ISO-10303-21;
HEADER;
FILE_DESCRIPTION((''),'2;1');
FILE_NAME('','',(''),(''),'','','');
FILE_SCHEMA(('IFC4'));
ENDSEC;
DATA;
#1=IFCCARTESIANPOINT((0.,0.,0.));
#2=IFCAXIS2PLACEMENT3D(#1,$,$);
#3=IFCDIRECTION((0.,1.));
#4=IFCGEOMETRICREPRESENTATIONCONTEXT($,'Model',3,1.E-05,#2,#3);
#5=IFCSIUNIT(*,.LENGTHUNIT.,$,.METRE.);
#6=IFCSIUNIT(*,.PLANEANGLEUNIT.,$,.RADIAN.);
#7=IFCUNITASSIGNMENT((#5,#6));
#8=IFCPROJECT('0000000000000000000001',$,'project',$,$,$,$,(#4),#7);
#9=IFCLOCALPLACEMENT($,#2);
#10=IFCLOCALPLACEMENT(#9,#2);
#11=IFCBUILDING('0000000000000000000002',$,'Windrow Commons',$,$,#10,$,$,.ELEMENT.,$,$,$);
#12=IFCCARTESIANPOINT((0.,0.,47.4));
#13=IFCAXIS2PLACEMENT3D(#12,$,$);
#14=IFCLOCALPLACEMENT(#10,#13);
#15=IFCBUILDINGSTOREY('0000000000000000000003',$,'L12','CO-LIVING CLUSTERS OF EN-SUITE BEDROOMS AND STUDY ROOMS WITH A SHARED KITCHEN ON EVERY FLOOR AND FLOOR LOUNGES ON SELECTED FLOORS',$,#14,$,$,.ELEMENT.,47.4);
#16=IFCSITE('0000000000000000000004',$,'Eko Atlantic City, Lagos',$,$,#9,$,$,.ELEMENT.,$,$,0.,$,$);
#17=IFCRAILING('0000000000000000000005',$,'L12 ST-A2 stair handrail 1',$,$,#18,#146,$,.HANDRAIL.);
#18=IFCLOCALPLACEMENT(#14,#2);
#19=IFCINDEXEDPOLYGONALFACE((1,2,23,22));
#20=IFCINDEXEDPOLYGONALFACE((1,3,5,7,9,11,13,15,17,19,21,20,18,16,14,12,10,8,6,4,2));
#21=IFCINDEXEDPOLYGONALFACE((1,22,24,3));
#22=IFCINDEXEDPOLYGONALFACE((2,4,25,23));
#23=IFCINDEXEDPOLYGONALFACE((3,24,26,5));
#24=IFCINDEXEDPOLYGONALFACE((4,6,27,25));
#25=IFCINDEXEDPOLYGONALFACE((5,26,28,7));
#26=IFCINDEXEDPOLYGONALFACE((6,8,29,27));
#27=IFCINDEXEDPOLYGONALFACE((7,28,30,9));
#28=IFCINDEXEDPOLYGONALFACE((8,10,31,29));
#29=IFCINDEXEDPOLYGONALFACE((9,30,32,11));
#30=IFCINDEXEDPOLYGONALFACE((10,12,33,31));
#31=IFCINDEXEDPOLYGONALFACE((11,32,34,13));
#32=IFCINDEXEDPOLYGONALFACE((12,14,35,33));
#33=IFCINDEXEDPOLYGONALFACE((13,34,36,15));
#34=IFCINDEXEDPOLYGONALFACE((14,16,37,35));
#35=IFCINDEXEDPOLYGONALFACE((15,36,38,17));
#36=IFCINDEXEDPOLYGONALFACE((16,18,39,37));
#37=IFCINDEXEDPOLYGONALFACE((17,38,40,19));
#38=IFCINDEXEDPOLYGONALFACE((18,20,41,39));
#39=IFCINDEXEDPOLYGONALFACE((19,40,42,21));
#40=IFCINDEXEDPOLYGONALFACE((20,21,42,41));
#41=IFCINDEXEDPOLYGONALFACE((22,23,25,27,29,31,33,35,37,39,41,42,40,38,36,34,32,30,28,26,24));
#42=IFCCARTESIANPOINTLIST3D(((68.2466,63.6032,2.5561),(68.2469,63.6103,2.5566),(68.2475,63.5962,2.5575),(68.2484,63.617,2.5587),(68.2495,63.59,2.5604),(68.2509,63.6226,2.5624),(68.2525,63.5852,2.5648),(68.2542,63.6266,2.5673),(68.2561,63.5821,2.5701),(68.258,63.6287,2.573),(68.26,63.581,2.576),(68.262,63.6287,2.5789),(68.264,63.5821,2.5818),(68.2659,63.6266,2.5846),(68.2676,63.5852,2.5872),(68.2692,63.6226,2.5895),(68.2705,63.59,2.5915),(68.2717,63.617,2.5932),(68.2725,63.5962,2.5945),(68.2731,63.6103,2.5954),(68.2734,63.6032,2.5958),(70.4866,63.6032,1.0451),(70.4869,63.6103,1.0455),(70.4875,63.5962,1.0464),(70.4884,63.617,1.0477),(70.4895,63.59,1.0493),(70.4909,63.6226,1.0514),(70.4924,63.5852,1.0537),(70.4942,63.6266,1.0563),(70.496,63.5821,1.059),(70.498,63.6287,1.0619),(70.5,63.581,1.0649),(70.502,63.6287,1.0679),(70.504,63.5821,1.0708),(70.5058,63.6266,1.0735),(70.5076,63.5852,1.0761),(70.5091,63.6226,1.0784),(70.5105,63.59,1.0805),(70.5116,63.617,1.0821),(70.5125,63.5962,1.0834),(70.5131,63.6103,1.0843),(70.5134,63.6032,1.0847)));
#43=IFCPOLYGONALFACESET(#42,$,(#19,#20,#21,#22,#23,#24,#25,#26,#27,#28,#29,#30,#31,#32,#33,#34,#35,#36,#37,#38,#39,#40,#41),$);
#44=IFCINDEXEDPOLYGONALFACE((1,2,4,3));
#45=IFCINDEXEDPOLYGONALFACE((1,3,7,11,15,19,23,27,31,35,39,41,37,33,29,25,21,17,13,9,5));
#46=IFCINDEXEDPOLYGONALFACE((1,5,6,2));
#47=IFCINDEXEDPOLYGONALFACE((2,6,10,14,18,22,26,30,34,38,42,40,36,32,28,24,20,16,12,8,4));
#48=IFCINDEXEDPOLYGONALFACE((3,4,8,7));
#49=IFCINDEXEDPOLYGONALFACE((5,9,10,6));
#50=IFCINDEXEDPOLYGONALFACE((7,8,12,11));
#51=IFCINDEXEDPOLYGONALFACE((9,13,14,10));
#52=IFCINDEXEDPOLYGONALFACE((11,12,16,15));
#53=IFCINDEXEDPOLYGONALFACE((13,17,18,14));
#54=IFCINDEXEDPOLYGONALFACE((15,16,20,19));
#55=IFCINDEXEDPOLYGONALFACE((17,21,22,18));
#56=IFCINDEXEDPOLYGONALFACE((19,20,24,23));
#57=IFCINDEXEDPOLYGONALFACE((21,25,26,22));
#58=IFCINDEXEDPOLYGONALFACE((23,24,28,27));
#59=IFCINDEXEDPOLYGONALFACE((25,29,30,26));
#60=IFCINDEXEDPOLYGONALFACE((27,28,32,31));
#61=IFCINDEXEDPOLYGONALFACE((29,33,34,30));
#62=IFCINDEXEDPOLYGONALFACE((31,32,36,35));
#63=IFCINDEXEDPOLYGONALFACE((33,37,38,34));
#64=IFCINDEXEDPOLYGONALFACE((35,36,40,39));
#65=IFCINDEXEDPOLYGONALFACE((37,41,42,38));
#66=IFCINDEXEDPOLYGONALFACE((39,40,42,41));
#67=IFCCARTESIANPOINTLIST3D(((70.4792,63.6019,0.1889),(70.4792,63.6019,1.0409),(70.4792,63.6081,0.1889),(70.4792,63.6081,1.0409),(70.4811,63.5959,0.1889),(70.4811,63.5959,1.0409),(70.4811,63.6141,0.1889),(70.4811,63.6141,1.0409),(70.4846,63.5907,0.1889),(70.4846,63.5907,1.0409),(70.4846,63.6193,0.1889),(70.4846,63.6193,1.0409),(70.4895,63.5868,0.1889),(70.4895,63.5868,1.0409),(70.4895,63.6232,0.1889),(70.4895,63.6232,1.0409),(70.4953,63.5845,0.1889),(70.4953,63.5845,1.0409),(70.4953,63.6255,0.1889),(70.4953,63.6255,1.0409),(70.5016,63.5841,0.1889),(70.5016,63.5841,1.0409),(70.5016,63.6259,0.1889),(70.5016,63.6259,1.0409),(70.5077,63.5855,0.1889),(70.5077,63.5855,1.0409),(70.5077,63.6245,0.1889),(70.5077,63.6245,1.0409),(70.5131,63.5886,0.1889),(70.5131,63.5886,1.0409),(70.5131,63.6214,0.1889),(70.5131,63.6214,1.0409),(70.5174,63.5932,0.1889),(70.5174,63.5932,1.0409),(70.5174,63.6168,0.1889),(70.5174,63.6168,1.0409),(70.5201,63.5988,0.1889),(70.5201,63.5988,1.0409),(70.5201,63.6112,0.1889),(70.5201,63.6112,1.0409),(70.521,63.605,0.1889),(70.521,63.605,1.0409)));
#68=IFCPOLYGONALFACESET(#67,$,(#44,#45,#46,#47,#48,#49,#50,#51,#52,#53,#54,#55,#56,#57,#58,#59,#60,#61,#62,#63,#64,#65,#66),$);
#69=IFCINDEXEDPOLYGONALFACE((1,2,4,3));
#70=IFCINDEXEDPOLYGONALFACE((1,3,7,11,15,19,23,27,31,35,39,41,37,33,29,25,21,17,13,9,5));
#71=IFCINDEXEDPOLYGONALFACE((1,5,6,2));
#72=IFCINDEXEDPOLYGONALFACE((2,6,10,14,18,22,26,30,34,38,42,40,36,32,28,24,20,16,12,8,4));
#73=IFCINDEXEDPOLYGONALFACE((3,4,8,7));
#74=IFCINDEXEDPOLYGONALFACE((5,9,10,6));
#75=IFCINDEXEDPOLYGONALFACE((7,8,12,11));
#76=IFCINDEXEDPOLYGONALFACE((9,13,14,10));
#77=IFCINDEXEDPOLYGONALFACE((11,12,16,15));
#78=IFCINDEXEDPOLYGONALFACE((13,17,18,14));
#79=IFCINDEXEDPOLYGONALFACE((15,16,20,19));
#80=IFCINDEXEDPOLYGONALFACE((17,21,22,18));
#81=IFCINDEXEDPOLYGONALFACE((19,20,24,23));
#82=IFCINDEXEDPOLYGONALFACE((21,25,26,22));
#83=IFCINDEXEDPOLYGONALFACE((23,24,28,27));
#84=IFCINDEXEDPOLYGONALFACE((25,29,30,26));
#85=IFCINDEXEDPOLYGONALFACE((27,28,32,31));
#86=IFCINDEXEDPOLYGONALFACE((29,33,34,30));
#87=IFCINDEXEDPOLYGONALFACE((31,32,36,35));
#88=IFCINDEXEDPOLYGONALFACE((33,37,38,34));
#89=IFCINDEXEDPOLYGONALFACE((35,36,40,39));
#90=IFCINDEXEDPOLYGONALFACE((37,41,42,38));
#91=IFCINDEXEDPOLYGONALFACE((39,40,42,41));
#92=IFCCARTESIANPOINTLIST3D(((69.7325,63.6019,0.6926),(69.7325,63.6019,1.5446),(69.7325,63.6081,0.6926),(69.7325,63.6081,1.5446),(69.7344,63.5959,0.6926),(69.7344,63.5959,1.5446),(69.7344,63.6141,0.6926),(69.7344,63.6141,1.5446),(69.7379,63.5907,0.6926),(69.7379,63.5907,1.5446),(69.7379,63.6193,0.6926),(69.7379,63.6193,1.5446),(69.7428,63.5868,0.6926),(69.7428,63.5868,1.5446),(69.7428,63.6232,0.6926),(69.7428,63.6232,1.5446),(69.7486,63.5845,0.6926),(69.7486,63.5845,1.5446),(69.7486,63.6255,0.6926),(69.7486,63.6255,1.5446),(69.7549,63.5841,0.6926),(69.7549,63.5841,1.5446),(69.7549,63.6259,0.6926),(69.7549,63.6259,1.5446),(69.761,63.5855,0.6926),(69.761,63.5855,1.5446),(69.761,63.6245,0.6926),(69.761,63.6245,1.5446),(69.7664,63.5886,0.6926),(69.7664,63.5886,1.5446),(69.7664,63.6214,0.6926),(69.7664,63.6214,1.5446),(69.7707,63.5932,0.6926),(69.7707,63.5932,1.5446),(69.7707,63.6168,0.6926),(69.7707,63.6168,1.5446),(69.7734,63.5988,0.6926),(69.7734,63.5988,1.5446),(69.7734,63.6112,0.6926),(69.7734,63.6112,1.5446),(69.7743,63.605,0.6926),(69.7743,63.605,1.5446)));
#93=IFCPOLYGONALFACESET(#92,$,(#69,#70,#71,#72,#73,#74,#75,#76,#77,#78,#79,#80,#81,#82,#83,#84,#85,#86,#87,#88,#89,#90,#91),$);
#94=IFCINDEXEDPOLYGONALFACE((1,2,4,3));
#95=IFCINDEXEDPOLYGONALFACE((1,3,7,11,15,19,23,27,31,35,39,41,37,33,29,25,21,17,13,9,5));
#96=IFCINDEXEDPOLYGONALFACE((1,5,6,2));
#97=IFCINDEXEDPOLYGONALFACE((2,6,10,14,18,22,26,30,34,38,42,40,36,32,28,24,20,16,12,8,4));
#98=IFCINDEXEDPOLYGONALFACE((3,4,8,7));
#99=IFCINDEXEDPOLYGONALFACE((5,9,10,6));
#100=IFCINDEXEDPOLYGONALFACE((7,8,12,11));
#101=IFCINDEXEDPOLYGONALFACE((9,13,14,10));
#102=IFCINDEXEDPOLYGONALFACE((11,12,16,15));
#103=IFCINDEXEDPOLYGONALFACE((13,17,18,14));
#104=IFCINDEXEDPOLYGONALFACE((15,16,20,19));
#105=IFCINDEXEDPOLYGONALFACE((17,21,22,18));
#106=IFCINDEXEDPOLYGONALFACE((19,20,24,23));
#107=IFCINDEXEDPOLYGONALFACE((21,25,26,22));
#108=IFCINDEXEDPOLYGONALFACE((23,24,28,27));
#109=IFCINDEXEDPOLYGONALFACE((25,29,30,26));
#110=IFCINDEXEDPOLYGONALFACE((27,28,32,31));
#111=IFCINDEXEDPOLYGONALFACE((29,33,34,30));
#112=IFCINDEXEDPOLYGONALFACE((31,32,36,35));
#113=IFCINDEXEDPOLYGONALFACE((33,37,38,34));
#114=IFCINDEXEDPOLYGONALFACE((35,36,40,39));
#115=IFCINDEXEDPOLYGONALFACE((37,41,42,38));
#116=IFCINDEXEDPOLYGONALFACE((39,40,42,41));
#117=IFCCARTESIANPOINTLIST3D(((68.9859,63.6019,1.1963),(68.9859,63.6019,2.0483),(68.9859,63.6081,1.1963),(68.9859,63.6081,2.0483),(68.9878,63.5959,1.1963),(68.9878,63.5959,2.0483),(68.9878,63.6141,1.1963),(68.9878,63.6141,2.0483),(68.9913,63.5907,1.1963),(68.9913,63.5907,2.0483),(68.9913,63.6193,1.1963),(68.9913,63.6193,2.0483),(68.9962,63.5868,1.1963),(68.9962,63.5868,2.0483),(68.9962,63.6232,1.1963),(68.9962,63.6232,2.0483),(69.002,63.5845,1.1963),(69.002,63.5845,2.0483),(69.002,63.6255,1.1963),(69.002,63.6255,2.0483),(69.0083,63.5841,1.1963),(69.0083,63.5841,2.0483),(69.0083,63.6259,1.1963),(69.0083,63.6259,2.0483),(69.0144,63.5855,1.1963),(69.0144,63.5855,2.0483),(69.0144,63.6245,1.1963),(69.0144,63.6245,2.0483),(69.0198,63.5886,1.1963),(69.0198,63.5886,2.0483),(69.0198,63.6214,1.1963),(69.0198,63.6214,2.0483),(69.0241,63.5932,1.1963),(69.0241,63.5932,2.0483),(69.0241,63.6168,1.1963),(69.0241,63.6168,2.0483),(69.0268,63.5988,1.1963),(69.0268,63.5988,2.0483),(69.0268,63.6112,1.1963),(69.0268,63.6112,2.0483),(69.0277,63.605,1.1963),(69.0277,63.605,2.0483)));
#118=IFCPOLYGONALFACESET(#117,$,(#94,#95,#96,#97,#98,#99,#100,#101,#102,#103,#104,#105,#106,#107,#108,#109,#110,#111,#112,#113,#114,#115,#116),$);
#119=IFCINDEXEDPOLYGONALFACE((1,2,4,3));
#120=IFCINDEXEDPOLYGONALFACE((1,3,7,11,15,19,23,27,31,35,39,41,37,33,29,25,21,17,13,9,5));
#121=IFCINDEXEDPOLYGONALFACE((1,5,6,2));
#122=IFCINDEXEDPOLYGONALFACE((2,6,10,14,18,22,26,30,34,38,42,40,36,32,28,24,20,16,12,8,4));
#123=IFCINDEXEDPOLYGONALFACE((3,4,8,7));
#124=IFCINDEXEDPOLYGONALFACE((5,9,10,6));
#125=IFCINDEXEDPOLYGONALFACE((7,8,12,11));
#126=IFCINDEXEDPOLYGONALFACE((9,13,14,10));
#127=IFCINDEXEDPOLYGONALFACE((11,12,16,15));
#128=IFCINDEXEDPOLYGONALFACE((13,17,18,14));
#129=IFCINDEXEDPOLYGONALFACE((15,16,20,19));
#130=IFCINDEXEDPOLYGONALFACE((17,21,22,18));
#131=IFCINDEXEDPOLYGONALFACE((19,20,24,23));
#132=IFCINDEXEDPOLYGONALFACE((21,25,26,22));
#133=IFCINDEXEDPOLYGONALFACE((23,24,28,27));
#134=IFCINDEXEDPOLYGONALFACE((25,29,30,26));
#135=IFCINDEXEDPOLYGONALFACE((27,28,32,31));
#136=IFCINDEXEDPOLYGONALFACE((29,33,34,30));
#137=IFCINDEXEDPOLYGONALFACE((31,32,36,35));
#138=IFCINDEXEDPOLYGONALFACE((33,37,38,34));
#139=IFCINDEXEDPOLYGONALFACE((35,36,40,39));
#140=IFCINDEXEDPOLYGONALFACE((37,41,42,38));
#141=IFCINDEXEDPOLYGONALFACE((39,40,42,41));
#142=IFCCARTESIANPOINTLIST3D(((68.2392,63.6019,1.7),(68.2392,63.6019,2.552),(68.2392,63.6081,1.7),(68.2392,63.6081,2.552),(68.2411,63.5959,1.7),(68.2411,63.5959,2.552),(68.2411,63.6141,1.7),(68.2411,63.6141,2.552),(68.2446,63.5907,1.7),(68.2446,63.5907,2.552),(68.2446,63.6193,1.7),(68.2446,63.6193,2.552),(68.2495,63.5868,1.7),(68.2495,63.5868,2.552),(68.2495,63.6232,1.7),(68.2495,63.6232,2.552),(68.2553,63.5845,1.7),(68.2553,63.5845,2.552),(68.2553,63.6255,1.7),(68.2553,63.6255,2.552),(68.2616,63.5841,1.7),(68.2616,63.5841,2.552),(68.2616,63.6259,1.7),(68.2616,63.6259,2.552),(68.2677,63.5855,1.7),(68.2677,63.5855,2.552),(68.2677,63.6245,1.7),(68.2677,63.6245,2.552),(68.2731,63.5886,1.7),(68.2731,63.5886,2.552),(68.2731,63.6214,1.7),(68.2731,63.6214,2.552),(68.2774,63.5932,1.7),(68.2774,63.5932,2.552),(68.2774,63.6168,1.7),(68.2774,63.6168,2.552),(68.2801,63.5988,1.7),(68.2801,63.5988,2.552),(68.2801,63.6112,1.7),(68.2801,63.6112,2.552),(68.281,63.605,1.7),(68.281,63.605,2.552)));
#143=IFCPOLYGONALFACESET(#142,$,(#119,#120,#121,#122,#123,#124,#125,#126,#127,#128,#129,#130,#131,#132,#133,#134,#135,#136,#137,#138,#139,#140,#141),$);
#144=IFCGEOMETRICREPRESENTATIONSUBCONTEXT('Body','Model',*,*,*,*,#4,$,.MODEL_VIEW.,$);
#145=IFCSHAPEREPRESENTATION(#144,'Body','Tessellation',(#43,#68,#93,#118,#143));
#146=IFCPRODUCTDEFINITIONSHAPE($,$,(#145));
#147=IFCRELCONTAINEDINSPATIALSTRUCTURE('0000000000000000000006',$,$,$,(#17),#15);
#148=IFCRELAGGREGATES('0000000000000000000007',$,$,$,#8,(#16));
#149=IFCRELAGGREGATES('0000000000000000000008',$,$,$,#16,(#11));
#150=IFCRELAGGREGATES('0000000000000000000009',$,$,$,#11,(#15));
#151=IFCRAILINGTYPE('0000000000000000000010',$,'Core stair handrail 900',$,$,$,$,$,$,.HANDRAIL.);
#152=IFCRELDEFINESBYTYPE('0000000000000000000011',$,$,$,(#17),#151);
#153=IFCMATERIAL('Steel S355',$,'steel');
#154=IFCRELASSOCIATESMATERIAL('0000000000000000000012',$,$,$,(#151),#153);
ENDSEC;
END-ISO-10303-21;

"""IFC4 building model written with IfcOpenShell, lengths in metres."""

from ifc_helpers import new_model, si_unit, direction, frame, origin, origin_2d, place, context, subcontext, project, spatial, circle, extrude, material, type_object, element, save


model = new_model("IFC4")

# Units and contexts
model_context = context("Model", 3, precision=1e-05, world=origin(), true_north=direction((0.0, 1.0)))
body_context = subcontext(model_context, "Body", "Model", "MODEL_VIEW")
ifc_project = project(units=[si_unit("LENGTHUNIT", "METRE"), si_unit("PLANEANGLEUNIT", "RADIAN")], contexts=[model_context])

# Site, building, storey
site_placement = place(None, origin())
site = spatial("IfcSite", under=ifc_project, at=site_placement, Name="Eko Atlantic City, Lagos", CompositionType="ELEMENT", RefElevation=0.0)
building_placement = place(site_placement, origin())
building = spatial("IfcBuilding", under=site, at=building_placement, Name="Windrow Commons", CompositionType="ELEMENT")
storey_placement = place(building_placement, frame((0.0, 0.0, 47.4)))
storey = spatial("IfcBuildingStorey", under=building, at=storey_placement, Name="L12", Description="CO-LIVING CLUSTERS OF EN-SUITE BEDROOMS AND STUDY ROOMS WITH A SHARED KITCHEN ON EVERY FLOOR AND FLOOR LOUNGES ON SELECTED FLOORS", CompositionType="ELEMENT", Elevation=47.4)

# Railing
ifc_material_1 = material(Name="Steel S355", Category="steel")
railing_type_1 = type_object("IfcRailingType", Name="Core stair handrail 900", PredefinedType="HANDRAIL", material=ifc_material_1)
railing_1_placement = place(storey_placement, frame((70.5, 63.605, 0.1889)))
element("IfcRailing", 1, at=railing_1_placement, inside=storey, type_object=railing_type_1, Name="L12 ST-A2 stair handrail 1", PredefinedType="HANDRAIL", context=body_context, shape_type="SweptSolid", body=[
    extrude(circle(Radius=0.024, at=origin_2d()), frame((0.0, 0.0, 0.876), z_axis=(-0.829003, 0.0, 0.559244), x_axis=(0.0, -1.0, 0.0)), (0.0, 0.0, 1.0), 2.702),
    extrude(circle(Radius=0.021, at=origin_2d()), origin(), (0.0, 0.0, 1.0), 0.852),
    extrude(circle(Radius=0.021, at=origin_2d()), frame((-0.7467, 0.0, 0.5037)), (0.0, 0.0, 1.0), 0.852),
    extrude(circle(Radius=0.021, at=origin_2d()), frame((-1.4933, 0.0, 1.0074)), (0.0, 0.0, 1.0), 0.852),
    extrude(circle(Radius=0.021, at=origin_2d()), frame((-2.24, 0.0, 1.5111)), (0.0, 0.0, 1.0), 0.852),
])

save(model, "model.ifc")
